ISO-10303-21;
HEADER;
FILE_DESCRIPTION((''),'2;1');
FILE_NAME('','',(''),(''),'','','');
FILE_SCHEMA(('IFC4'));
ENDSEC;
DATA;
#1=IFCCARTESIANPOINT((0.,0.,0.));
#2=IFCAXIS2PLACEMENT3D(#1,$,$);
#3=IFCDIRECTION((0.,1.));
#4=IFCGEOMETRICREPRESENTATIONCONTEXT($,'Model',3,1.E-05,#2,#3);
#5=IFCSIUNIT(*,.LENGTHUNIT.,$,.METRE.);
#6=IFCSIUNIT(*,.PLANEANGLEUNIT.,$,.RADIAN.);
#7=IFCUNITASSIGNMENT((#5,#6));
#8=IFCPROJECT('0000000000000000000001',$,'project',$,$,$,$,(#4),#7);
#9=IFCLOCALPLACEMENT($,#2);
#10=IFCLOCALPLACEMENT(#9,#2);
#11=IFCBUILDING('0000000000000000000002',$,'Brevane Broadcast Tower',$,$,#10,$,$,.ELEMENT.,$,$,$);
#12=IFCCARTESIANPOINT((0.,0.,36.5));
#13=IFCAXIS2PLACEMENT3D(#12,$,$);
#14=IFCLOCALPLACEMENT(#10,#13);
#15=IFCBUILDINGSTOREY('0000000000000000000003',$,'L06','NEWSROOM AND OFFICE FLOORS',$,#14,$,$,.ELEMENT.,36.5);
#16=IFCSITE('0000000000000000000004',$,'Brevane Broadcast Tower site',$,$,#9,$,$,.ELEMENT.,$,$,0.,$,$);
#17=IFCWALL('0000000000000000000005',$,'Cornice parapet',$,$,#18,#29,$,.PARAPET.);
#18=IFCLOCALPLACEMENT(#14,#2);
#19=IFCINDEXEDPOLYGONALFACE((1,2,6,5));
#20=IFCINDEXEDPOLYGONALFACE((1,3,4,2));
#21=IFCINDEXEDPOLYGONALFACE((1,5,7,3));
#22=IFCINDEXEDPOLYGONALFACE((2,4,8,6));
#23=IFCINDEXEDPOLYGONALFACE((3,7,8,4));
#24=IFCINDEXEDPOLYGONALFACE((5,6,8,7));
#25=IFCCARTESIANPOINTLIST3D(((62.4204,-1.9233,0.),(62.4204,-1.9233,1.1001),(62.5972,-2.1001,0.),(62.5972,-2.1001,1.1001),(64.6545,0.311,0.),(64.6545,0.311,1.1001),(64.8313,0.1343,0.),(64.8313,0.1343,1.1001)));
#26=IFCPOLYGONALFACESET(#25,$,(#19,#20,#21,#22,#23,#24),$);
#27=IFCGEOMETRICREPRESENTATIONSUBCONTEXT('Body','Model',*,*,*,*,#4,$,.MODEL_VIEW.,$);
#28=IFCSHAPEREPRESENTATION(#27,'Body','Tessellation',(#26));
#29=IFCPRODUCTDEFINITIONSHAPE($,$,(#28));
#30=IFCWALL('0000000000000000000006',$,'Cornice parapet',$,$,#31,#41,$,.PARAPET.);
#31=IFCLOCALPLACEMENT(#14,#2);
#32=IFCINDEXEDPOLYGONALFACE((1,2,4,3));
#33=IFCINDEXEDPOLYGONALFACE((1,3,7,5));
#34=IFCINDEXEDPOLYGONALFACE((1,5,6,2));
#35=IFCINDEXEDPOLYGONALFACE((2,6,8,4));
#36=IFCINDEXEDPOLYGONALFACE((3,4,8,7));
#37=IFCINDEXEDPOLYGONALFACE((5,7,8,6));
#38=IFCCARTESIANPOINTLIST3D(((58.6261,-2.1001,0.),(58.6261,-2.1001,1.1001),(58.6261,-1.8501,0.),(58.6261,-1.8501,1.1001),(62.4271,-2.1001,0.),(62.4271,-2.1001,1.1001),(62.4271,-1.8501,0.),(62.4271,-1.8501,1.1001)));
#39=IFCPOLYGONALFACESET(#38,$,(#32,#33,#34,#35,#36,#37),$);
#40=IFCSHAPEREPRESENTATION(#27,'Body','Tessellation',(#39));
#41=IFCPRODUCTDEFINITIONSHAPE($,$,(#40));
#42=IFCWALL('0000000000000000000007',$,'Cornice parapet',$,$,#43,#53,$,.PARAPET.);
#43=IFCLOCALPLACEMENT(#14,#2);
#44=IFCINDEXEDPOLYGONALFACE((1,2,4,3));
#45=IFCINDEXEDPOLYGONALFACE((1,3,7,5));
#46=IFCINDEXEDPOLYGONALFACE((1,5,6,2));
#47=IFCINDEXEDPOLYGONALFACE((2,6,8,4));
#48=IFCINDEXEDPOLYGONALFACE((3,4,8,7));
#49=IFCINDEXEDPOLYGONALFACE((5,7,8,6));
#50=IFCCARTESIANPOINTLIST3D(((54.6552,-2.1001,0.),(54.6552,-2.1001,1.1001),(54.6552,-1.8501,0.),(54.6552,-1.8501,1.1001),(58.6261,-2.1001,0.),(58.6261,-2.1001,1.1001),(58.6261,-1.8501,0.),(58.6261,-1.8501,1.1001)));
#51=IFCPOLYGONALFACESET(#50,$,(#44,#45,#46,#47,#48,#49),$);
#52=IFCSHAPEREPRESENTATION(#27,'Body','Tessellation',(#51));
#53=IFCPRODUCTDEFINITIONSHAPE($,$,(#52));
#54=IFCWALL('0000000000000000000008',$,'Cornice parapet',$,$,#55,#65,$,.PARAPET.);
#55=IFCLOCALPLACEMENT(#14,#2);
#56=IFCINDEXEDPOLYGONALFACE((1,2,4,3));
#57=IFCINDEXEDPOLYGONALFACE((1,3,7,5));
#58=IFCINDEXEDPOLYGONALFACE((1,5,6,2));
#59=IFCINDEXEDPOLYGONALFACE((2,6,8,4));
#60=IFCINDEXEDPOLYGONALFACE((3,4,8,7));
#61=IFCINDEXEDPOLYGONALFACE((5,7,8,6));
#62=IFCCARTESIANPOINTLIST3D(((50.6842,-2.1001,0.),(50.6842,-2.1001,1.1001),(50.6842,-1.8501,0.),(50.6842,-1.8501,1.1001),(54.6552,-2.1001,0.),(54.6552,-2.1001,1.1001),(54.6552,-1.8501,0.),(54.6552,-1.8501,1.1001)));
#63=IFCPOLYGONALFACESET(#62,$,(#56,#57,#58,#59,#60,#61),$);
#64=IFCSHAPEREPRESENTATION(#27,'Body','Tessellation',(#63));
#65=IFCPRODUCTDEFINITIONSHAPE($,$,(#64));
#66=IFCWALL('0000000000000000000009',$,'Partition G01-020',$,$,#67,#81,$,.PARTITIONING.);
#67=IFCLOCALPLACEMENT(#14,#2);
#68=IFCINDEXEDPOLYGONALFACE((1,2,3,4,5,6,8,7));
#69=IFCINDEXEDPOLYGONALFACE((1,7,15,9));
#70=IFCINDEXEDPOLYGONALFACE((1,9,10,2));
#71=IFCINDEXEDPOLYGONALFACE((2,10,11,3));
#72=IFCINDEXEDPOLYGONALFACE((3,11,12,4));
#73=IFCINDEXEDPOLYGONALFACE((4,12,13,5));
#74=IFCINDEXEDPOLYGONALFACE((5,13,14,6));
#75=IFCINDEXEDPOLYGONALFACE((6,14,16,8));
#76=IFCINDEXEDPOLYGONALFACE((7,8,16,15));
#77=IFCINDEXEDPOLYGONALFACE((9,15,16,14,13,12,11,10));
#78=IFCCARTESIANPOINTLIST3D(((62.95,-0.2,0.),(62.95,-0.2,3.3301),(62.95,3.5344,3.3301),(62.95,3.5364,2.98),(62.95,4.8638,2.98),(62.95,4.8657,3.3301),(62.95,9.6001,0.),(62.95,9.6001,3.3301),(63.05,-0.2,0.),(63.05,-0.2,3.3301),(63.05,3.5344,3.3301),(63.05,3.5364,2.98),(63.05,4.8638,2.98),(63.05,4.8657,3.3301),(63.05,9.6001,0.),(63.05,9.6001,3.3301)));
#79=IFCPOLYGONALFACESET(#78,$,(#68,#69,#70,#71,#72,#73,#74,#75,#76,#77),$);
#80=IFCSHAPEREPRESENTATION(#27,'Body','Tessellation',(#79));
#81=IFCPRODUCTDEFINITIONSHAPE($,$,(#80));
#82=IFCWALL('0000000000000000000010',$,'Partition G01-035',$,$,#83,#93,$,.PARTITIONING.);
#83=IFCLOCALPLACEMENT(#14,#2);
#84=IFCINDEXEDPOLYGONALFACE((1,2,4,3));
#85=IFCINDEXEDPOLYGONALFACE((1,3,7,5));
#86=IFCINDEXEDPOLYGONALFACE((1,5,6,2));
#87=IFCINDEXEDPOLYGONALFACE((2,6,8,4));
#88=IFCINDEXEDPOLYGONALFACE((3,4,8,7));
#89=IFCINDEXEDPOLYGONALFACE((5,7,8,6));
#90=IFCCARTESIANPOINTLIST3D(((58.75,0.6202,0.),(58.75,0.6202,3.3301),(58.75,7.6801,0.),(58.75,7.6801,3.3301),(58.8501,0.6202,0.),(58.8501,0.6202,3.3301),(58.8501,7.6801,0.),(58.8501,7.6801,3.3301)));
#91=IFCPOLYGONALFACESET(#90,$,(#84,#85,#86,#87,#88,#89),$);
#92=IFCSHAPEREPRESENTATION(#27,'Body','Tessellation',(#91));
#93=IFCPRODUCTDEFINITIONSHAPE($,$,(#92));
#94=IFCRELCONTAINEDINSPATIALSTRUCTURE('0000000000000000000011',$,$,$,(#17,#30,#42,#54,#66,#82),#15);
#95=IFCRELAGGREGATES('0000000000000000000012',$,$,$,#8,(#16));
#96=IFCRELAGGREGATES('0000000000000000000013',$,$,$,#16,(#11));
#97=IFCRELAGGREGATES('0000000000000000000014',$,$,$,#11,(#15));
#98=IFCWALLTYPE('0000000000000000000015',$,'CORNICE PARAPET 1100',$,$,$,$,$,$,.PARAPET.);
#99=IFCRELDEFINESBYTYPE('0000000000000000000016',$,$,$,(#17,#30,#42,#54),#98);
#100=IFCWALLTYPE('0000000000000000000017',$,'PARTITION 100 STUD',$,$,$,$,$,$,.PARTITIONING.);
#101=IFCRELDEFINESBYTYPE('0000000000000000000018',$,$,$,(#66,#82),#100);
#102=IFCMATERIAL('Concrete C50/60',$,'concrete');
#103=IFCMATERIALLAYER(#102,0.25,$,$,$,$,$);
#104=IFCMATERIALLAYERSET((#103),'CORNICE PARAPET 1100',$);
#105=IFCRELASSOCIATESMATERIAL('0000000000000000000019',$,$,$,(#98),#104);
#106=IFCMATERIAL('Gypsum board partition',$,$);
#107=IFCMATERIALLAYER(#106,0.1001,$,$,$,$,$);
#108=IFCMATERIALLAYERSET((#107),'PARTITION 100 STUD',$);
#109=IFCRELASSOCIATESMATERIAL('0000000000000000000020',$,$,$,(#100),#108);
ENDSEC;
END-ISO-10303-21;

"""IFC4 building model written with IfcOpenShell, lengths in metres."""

from ifc_helpers import new_model, si_unit, direction, frame, frame_2d, origin, place, context, subcontext, project, spatial, polyline, rectangle, outline, extrude, material, layer, layer_set, type_object, element, save


model = new_model("IFC4")

# Units and contexts
model_context = context("Model", 3, precision=1e-05, world=origin(), true_north=direction((0.0, 1.0)))
body_context = subcontext(model_context, "Body", "Model", "MODEL_VIEW")
ifc_project = project(units=[si_unit("LENGTHUNIT", "METRE"), si_unit("PLANEANGLEUNIT", "RADIAN")], contexts=[model_context])

# Site, building, storey
site_placement = place(None, origin())
site = spatial("IfcSite", under=ifc_project, at=site_placement, Name="Brevane Broadcast Tower site", CompositionType="ELEMENT", RefElevation=0.0)
building_placement = place(site_placement, origin())
building = spatial("IfcBuilding", under=site, at=building_placement, Name="Brevane Broadcast Tower", CompositionType="ELEMENT")
storey_placement = place(building_placement, frame((0.0, 0.0, 36.5)))
storey = spatial("IfcBuildingStorey", under=building, at=storey_placement, Name="L06", Description="NEWSROOM AND OFFICE FLOORS", CompositionType="ELEMENT", Elevation=36.5)

# Walls
ifc_material_1 = material(Name="Concrete C50/60", Category="concrete")
ifc_layer_1 = layer(ifc_material_1, 0.25)
ifc_layer_set_1 = layer_set([ifc_layer_1], Name="CORNICE PARAPET 1100")
wall_type_1 = type_object("IfcWallType", Name="CORNICE PARAPET 1100", PredefinedType="PARAPET", material=ifc_layer_set_1)
wall_1_placement = place(storey_placement, frame((64.7429, 0.2227, 0.0), z_axis=(0.0, 0.0, 1.0), x_axis=(-0.707068, -0.707145, 0.0)))
element("IfcWall", 1, at=wall_1_placement, inside=storey, type_object=wall_type_1, Name="Cornice parapet", PredefinedType="PARAPET", context=body_context, shape_type="SweptSolid", body=[
    extrude(rectangle(XDim=3.1597, YDim=0.25, at=frame_2d((1.5798, 0.0))), origin(), (0.0, 0.0, 1.0), 1.1001),
])
wall_2_placement = place(storey_placement, frame((62.427, -1.9751, 0.0), z_axis=(0.0, 0.0, 1.0), x_axis=(-1.0, 0.0, 0.0)))
element("IfcWall", 2, at=wall_2_placement, inside=storey, type_object=wall_type_1, Name="Cornice parapet", PredefinedType="PARAPET", context=body_context, shape_type="SweptSolid", body=[
    extrude(rectangle(XDim=3.801, YDim=0.25, at=frame_2d((1.9004, 0.0))), origin(), (0.0, 0.0, 1.0), 1.1001),
])
for number, where, z_axis, x_axis, name in (
    (3, (58.626, -1.9751, 0.0), (0.0, 0.0, 1.0), (-1.0, 0.0, 0.0), "Cornice parapet"),
    (4, (54.655, -1.9751, 0.0), (0.0, 0.0, 1.0), (-1.0, 0.0, 0.0), "Cornice parapet"),
):
    element("IfcWall", number, at=place(storey_placement, frame(where, z_axis=z_axis, x_axis=x_axis)), inside=storey, type_object=wall_type_1, Name=name, PredefinedType="PARAPET", context=body_context, shape_type="SweptSolid", body=[
        extrude(rectangle(XDim=3.9709, YDim=0.25, at=frame_2d((1.9854, 0.0))), origin(), (0.0, 0.0, 1.0), 1.1001),
    ])
ifc_material_2 = material(Name="Gypsum board partition")
ifc_layer_2 = layer(ifc_material_2, 0.1001)
ifc_layer_set_2 = layer_set([ifc_layer_2], Name="PARTITION 100 STUD")
wall_type_2 = type_object("IfcWallType", Name="PARTITION 100 STUD", PredefinedType="PARTITIONING", material=ifc_layer_set_2)
wall_3_placement = place(storey_placement, frame((63.0, -0.2, 0.0), z_axis=(0.0, 0.0, 1.0), x_axis=(0.0, 1.0, 0.0)))
element("IfcWall", 5, at=wall_3_placement, inside=storey, type_object=wall_type_2, Name="Partition G01-020", PredefinedType="PARTITIONING", context=body_context, shape_type="SweptSolid", body=[
    extrude(outline(polyline([(0.0, 0.0), (9.8, 0.0), (9.8, 3.3301), (5.0657, 3.3301), (5.0637, 2.98), (3.7363, 2.98), (3.7344, 3.3301), (0.0, 3.3301), (0.0, 0.0)])), frame((0.0, 0.05, 0.0), z_axis=(0.0, -1.0, 0.0), x_axis=(1.0, 0.0, 0.0)), (0.0, 0.0, 1.0), 0.1001),
])
wall_4_placement = place(storey_placement, frame((58.8, 7.6799, 0.0), z_axis=(0.0, 0.0, 1.0), x_axis=(0.0, -1.0, 0.0)))
element("IfcWall", 6, at=wall_4_placement, inside=storey, type_object=wall_type_2, Name="Partition G01-035", PredefinedType="PARTITIONING", context=body_context, shape_type="SweptSolid", body=[
    extrude(rectangle(XDim=7.0598, YDim=0.1001, at=frame_2d((3.5298, 0.0))), origin(), (0.0, 0.0, 1.0), 3.3301),
])

save(model, "model.ifc")
